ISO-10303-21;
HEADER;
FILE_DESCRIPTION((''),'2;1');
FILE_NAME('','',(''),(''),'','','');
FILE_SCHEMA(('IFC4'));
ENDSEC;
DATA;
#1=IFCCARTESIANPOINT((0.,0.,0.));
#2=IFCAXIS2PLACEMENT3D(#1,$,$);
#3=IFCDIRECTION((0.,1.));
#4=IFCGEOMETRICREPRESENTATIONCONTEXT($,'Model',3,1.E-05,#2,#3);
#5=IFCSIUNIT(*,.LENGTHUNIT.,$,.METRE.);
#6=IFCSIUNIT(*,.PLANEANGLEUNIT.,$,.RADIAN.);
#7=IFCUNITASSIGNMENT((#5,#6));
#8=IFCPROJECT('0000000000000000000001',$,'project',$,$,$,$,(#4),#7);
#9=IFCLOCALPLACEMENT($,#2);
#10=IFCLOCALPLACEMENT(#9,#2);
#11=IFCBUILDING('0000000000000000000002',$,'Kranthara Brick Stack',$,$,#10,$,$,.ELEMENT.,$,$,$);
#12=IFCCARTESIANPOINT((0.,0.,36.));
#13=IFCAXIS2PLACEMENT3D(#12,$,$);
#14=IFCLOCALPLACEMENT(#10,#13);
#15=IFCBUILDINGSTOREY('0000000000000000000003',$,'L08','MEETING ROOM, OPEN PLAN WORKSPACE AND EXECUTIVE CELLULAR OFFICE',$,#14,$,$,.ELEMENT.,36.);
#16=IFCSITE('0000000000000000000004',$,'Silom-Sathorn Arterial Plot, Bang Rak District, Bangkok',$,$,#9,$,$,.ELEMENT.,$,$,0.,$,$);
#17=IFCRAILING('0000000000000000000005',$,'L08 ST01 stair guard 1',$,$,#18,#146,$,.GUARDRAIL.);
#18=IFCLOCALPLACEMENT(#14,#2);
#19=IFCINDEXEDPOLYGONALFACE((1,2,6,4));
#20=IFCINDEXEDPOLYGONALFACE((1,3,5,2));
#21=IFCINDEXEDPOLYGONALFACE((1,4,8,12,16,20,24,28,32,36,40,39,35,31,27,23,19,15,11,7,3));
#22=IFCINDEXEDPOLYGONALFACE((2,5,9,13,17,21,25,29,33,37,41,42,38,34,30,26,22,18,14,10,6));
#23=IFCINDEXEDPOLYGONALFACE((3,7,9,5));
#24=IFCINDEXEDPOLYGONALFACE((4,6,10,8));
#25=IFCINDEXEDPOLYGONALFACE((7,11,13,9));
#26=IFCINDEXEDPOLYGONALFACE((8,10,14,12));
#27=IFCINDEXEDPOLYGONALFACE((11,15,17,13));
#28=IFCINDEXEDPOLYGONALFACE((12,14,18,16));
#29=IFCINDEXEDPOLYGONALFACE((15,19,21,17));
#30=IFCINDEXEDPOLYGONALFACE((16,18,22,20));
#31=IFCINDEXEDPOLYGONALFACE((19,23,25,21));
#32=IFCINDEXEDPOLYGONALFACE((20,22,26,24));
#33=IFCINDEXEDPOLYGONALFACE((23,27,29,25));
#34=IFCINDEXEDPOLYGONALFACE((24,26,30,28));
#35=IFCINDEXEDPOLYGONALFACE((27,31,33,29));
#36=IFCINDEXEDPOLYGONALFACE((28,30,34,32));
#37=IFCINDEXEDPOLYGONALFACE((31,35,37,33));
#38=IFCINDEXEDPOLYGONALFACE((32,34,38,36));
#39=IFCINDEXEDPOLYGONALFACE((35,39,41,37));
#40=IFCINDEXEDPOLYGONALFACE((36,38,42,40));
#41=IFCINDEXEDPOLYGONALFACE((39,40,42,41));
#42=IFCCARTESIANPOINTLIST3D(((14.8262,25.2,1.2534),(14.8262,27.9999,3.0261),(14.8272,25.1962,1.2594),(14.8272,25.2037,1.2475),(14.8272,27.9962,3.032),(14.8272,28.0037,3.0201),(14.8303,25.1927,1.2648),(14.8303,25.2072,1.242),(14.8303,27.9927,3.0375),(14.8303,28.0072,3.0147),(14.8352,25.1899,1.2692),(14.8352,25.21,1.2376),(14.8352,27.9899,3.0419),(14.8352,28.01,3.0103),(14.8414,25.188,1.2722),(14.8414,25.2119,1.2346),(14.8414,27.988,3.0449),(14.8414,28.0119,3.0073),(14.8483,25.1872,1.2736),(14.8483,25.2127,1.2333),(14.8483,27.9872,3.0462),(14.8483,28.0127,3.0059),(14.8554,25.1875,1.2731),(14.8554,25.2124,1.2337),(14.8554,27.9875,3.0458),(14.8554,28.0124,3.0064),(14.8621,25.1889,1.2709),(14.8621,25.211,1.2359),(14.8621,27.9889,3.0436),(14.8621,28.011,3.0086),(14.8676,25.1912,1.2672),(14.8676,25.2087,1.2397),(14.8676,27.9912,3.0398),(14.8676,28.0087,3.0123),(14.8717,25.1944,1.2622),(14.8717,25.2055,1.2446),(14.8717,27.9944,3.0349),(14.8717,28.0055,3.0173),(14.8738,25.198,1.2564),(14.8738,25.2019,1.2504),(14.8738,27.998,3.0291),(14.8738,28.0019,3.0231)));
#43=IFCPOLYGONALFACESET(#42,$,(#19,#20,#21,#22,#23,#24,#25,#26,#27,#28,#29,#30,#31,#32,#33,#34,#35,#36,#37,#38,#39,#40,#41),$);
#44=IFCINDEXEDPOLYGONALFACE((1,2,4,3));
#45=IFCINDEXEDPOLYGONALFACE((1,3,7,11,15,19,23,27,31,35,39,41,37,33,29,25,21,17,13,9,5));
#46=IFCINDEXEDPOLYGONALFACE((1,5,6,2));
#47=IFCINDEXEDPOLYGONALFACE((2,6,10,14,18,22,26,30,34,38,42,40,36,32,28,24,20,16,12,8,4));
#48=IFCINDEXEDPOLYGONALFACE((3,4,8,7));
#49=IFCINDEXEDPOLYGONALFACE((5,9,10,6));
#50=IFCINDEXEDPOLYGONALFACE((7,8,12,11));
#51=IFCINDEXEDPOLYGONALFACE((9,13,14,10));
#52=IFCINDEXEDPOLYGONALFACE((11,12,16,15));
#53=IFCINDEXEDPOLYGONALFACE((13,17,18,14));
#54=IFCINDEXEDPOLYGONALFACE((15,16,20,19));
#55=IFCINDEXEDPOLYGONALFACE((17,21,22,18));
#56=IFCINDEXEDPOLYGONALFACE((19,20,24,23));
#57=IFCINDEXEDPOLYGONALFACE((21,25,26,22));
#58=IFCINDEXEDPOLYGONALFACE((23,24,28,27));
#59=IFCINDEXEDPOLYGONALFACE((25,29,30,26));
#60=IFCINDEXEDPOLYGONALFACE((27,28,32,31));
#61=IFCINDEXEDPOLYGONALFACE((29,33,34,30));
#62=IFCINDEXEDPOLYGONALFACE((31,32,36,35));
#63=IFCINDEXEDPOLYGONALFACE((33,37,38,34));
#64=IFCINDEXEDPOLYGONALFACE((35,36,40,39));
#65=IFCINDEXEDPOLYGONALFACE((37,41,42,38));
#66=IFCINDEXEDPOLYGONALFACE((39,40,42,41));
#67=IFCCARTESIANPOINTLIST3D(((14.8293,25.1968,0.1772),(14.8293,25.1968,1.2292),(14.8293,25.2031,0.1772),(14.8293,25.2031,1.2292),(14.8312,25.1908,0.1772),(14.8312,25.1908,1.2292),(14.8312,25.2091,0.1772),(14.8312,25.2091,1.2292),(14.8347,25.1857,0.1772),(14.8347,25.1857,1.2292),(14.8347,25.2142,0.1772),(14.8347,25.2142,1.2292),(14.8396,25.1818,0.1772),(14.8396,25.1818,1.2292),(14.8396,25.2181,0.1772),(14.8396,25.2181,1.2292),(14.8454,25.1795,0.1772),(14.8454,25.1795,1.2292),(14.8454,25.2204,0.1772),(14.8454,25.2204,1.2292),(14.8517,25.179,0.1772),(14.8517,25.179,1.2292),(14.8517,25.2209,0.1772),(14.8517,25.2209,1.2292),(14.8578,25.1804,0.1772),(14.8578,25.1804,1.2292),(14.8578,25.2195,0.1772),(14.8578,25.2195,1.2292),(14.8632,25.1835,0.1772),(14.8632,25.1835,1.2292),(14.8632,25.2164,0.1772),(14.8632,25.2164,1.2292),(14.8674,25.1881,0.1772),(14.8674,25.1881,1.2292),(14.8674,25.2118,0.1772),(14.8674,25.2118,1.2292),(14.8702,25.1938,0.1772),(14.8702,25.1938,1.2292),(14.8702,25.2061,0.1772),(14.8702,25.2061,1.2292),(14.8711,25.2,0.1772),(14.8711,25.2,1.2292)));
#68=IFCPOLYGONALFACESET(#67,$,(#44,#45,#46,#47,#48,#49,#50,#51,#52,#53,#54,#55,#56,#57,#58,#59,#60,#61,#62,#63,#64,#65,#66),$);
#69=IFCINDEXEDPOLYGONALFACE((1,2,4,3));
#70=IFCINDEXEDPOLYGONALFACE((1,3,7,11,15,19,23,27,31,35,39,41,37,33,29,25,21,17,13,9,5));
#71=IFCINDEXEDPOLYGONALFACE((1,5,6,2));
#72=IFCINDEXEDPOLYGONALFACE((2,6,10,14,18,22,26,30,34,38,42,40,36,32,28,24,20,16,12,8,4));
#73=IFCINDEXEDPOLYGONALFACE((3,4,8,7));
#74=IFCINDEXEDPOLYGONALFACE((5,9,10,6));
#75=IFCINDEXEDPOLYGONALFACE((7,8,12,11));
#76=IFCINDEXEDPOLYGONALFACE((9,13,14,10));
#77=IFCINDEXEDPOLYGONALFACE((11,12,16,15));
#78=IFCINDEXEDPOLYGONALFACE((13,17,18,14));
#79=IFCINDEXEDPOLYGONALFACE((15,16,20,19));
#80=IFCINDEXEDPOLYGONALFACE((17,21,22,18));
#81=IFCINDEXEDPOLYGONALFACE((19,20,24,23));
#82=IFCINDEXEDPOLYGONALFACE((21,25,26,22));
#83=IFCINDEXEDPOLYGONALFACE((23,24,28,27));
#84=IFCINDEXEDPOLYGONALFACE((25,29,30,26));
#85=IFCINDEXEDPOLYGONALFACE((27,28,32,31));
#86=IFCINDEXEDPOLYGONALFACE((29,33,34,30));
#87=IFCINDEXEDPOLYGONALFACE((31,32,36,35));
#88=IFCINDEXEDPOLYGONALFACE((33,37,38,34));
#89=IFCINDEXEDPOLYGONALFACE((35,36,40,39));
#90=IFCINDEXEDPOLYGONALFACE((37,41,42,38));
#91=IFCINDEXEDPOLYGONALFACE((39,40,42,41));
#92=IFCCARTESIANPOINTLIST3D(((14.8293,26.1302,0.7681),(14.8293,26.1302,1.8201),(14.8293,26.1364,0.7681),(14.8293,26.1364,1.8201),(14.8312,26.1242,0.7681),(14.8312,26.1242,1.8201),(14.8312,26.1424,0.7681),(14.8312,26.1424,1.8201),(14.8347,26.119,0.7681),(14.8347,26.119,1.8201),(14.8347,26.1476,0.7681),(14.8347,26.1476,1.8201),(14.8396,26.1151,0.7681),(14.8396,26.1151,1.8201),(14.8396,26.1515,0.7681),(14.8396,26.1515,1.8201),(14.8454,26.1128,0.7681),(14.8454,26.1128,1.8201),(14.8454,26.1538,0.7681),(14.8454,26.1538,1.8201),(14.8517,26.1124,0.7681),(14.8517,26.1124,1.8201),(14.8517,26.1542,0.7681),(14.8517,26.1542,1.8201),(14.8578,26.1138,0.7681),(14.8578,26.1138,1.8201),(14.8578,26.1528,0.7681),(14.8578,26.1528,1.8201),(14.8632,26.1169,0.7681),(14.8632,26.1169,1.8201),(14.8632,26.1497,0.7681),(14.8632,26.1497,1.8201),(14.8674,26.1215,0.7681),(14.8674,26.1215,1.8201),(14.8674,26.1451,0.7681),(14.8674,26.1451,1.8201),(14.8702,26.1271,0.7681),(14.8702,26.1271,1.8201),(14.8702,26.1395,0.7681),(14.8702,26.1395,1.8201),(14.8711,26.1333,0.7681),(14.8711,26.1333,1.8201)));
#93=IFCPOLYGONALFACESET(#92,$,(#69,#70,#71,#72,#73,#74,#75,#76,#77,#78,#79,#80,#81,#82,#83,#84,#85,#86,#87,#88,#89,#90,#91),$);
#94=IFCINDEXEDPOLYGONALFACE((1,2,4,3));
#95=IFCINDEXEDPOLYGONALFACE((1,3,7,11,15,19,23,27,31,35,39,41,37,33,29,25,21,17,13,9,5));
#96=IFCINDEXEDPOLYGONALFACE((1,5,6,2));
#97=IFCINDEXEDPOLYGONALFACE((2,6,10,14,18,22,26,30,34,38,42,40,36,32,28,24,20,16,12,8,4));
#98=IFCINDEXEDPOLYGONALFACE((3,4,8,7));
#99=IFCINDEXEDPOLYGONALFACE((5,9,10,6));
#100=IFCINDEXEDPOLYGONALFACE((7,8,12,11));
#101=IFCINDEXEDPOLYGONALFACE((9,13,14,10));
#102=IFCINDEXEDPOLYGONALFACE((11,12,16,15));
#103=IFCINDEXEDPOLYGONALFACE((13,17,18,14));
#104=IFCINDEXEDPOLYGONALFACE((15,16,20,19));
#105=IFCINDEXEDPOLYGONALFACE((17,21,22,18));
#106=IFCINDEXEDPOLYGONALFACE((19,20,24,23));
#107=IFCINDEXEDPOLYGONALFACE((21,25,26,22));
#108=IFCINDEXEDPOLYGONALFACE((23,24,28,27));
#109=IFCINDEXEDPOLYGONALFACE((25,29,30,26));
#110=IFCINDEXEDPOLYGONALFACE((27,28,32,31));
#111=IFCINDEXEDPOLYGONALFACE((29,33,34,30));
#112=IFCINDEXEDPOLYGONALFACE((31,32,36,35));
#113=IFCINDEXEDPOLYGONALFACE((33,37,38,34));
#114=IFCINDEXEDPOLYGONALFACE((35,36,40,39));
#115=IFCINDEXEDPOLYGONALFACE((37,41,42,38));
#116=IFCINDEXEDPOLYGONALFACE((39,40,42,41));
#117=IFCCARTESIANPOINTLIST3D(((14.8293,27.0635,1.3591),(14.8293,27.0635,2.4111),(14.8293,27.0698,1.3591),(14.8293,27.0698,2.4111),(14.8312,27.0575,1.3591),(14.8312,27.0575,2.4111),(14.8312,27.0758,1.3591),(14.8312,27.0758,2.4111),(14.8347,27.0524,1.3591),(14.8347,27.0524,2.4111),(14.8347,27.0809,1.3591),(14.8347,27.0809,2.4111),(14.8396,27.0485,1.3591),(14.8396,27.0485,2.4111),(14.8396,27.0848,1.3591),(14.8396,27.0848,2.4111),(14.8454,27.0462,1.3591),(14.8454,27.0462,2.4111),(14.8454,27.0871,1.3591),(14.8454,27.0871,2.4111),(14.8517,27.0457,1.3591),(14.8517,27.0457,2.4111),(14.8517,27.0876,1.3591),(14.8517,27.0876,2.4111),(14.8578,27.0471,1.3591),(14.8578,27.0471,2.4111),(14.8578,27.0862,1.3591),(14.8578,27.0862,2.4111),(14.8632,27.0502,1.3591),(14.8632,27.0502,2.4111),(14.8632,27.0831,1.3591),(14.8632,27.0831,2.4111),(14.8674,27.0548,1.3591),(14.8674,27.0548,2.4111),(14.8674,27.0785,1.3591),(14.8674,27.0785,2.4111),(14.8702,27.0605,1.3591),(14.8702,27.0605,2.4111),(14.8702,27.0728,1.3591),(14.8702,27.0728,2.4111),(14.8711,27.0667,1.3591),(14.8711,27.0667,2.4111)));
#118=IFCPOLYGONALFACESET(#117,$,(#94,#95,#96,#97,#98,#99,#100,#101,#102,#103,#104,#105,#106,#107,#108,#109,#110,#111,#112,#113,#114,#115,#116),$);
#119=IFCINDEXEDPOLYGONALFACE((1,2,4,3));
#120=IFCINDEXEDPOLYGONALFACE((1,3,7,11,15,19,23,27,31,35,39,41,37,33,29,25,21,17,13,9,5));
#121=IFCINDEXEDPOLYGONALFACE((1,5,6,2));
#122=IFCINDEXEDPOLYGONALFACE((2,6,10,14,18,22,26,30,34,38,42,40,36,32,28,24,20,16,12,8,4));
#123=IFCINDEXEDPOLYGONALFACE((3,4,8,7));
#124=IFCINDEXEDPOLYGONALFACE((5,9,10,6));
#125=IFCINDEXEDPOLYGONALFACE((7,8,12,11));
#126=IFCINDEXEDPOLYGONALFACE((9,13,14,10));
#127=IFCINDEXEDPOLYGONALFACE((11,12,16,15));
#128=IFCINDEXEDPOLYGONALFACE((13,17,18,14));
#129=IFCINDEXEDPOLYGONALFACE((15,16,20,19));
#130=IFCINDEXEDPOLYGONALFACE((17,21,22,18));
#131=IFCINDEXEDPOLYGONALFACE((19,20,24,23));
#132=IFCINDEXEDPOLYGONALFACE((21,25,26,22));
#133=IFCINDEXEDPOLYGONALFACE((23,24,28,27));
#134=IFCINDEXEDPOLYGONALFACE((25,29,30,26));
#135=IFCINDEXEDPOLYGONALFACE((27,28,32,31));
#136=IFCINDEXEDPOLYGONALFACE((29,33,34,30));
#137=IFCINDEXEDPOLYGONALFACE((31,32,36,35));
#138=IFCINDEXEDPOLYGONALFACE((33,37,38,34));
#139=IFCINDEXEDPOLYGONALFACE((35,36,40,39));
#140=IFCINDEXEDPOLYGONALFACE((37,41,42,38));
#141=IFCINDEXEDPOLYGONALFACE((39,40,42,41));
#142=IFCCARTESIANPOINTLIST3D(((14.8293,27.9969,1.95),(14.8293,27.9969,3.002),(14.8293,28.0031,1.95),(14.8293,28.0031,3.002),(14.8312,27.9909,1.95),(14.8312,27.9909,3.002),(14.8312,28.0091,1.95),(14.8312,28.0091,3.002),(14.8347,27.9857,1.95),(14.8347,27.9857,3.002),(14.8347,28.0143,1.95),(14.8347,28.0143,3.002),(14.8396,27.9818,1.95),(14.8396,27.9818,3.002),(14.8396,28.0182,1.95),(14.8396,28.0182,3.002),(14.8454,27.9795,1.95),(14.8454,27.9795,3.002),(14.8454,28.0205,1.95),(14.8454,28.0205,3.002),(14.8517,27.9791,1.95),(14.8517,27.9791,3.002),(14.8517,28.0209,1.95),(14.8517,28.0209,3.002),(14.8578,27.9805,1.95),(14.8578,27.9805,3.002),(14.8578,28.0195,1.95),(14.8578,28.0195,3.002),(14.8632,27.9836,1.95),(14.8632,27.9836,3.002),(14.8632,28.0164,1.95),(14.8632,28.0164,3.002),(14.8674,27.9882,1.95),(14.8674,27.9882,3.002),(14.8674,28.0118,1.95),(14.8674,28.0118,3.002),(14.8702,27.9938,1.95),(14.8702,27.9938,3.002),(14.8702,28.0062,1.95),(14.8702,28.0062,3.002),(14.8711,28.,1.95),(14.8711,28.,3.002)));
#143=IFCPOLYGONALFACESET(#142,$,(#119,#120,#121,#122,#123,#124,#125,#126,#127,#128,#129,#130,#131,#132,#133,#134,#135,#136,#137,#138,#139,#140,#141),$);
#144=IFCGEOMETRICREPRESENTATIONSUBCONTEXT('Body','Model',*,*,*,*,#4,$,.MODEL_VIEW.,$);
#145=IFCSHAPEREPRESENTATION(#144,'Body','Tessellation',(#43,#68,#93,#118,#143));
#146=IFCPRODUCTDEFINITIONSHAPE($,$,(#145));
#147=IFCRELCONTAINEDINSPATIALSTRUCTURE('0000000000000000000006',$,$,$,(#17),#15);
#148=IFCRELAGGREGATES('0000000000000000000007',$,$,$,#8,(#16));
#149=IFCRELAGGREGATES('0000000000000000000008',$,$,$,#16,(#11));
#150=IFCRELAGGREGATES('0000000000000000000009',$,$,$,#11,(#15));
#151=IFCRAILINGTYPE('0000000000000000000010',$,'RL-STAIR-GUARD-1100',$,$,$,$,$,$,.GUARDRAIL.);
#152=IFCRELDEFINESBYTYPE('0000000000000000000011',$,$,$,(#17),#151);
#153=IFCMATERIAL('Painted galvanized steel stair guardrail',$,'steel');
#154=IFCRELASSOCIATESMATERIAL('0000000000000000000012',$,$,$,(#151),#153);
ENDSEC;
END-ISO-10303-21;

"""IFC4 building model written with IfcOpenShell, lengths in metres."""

from ifc_helpers import new_model, si_unit, direction, frame, origin, origin_2d, place, context, subcontext, project, spatial, circle, extrude, material, type_object, element, save


model = new_model("IFC4")

# Units and contexts
model_context = context("Model", 3, precision=1e-05, world=origin(), true_north=direction((0.0, 1.0)))
body_context = subcontext(model_context, "Body", "Model", "MODEL_VIEW")
ifc_project = project(units=[si_unit("LENGTHUNIT", "METRE"), si_unit("PLANEANGLEUNIT", "RADIAN")], contexts=[model_context])

# Site, building, storey
site_placement = place(None, origin())
site = spatial("IfcSite", under=ifc_project, at=site_placement, Name="Silom-Sathorn Arterial Plot, Bang Rak District, Bangkok", CompositionType="ELEMENT", RefElevation=0.0)
building_placement = place(site_placement, origin())
building = spatial("IfcBuilding", under=site, at=building_placement, Name="Kranthara Brick Stack", CompositionType="ELEMENT")
storey_placement = place(building_placement, frame((0.0, 0.0, 36.0)))
storey = spatial("IfcBuildingStorey", under=building, at=storey_placement, Name="L08", Description="MEETING ROOM, OPEN PLAN WORKSPACE AND EXECUTIVE CELLULAR OFFICE", CompositionType="ELEMENT", Elevation=36.0)

# Railing
ifc_material_1 = material(Name="Painted galvanized steel stair guardrail", Category="steel")
railing_type_1 = type_object("IfcRailingType", Name="RL-STAIR-GUARD-1100", PredefinedType="GUARDRAIL", material=ifc_material_1)
railing_1_placement = place(storey_placement, frame((14.8501, 25.2, 0.1772)))
element("IfcRailing", 1, at=railing_1_placement, inside=storey, type_object=railing_type_1, Name="L08 ST01 stair guard 1", PredefinedType="GUARDRAIL", context=body_context, shape_type="SweptSolid", body=[
    extrude(circle(Radius=0.0239, at=origin_2d()), frame((0.0, 0.0, 1.0762), z_axis=(0.0, 0.844909, 0.53491), x_axis=(-1.0, 0.0, 0.0)), (0.0, 0.0, 1.0), 3.314),
    extrude(circle(Radius=0.021, at=origin_2d()), origin(), (0.0, 0.0, 1.0), 1.052),
    extrude(circle(Radius=0.021, at=origin_2d()), frame((0.0, 0.9333, 0.5908)), (0.0, 0.0, 1.0), 1.052),
    extrude(circle(Radius=0.021, at=origin_2d()), frame((0.0, 1.8667, 1.1819)), (0.0, 0.0, 1.0), 1.052),
    extrude(circle(Radius=0.021, at=origin_2d()), frame((0.0, 2.8, 1.7727)), (0.0, 0.0, 1.0), 1.052),
])

save(model, "model.ifc")
